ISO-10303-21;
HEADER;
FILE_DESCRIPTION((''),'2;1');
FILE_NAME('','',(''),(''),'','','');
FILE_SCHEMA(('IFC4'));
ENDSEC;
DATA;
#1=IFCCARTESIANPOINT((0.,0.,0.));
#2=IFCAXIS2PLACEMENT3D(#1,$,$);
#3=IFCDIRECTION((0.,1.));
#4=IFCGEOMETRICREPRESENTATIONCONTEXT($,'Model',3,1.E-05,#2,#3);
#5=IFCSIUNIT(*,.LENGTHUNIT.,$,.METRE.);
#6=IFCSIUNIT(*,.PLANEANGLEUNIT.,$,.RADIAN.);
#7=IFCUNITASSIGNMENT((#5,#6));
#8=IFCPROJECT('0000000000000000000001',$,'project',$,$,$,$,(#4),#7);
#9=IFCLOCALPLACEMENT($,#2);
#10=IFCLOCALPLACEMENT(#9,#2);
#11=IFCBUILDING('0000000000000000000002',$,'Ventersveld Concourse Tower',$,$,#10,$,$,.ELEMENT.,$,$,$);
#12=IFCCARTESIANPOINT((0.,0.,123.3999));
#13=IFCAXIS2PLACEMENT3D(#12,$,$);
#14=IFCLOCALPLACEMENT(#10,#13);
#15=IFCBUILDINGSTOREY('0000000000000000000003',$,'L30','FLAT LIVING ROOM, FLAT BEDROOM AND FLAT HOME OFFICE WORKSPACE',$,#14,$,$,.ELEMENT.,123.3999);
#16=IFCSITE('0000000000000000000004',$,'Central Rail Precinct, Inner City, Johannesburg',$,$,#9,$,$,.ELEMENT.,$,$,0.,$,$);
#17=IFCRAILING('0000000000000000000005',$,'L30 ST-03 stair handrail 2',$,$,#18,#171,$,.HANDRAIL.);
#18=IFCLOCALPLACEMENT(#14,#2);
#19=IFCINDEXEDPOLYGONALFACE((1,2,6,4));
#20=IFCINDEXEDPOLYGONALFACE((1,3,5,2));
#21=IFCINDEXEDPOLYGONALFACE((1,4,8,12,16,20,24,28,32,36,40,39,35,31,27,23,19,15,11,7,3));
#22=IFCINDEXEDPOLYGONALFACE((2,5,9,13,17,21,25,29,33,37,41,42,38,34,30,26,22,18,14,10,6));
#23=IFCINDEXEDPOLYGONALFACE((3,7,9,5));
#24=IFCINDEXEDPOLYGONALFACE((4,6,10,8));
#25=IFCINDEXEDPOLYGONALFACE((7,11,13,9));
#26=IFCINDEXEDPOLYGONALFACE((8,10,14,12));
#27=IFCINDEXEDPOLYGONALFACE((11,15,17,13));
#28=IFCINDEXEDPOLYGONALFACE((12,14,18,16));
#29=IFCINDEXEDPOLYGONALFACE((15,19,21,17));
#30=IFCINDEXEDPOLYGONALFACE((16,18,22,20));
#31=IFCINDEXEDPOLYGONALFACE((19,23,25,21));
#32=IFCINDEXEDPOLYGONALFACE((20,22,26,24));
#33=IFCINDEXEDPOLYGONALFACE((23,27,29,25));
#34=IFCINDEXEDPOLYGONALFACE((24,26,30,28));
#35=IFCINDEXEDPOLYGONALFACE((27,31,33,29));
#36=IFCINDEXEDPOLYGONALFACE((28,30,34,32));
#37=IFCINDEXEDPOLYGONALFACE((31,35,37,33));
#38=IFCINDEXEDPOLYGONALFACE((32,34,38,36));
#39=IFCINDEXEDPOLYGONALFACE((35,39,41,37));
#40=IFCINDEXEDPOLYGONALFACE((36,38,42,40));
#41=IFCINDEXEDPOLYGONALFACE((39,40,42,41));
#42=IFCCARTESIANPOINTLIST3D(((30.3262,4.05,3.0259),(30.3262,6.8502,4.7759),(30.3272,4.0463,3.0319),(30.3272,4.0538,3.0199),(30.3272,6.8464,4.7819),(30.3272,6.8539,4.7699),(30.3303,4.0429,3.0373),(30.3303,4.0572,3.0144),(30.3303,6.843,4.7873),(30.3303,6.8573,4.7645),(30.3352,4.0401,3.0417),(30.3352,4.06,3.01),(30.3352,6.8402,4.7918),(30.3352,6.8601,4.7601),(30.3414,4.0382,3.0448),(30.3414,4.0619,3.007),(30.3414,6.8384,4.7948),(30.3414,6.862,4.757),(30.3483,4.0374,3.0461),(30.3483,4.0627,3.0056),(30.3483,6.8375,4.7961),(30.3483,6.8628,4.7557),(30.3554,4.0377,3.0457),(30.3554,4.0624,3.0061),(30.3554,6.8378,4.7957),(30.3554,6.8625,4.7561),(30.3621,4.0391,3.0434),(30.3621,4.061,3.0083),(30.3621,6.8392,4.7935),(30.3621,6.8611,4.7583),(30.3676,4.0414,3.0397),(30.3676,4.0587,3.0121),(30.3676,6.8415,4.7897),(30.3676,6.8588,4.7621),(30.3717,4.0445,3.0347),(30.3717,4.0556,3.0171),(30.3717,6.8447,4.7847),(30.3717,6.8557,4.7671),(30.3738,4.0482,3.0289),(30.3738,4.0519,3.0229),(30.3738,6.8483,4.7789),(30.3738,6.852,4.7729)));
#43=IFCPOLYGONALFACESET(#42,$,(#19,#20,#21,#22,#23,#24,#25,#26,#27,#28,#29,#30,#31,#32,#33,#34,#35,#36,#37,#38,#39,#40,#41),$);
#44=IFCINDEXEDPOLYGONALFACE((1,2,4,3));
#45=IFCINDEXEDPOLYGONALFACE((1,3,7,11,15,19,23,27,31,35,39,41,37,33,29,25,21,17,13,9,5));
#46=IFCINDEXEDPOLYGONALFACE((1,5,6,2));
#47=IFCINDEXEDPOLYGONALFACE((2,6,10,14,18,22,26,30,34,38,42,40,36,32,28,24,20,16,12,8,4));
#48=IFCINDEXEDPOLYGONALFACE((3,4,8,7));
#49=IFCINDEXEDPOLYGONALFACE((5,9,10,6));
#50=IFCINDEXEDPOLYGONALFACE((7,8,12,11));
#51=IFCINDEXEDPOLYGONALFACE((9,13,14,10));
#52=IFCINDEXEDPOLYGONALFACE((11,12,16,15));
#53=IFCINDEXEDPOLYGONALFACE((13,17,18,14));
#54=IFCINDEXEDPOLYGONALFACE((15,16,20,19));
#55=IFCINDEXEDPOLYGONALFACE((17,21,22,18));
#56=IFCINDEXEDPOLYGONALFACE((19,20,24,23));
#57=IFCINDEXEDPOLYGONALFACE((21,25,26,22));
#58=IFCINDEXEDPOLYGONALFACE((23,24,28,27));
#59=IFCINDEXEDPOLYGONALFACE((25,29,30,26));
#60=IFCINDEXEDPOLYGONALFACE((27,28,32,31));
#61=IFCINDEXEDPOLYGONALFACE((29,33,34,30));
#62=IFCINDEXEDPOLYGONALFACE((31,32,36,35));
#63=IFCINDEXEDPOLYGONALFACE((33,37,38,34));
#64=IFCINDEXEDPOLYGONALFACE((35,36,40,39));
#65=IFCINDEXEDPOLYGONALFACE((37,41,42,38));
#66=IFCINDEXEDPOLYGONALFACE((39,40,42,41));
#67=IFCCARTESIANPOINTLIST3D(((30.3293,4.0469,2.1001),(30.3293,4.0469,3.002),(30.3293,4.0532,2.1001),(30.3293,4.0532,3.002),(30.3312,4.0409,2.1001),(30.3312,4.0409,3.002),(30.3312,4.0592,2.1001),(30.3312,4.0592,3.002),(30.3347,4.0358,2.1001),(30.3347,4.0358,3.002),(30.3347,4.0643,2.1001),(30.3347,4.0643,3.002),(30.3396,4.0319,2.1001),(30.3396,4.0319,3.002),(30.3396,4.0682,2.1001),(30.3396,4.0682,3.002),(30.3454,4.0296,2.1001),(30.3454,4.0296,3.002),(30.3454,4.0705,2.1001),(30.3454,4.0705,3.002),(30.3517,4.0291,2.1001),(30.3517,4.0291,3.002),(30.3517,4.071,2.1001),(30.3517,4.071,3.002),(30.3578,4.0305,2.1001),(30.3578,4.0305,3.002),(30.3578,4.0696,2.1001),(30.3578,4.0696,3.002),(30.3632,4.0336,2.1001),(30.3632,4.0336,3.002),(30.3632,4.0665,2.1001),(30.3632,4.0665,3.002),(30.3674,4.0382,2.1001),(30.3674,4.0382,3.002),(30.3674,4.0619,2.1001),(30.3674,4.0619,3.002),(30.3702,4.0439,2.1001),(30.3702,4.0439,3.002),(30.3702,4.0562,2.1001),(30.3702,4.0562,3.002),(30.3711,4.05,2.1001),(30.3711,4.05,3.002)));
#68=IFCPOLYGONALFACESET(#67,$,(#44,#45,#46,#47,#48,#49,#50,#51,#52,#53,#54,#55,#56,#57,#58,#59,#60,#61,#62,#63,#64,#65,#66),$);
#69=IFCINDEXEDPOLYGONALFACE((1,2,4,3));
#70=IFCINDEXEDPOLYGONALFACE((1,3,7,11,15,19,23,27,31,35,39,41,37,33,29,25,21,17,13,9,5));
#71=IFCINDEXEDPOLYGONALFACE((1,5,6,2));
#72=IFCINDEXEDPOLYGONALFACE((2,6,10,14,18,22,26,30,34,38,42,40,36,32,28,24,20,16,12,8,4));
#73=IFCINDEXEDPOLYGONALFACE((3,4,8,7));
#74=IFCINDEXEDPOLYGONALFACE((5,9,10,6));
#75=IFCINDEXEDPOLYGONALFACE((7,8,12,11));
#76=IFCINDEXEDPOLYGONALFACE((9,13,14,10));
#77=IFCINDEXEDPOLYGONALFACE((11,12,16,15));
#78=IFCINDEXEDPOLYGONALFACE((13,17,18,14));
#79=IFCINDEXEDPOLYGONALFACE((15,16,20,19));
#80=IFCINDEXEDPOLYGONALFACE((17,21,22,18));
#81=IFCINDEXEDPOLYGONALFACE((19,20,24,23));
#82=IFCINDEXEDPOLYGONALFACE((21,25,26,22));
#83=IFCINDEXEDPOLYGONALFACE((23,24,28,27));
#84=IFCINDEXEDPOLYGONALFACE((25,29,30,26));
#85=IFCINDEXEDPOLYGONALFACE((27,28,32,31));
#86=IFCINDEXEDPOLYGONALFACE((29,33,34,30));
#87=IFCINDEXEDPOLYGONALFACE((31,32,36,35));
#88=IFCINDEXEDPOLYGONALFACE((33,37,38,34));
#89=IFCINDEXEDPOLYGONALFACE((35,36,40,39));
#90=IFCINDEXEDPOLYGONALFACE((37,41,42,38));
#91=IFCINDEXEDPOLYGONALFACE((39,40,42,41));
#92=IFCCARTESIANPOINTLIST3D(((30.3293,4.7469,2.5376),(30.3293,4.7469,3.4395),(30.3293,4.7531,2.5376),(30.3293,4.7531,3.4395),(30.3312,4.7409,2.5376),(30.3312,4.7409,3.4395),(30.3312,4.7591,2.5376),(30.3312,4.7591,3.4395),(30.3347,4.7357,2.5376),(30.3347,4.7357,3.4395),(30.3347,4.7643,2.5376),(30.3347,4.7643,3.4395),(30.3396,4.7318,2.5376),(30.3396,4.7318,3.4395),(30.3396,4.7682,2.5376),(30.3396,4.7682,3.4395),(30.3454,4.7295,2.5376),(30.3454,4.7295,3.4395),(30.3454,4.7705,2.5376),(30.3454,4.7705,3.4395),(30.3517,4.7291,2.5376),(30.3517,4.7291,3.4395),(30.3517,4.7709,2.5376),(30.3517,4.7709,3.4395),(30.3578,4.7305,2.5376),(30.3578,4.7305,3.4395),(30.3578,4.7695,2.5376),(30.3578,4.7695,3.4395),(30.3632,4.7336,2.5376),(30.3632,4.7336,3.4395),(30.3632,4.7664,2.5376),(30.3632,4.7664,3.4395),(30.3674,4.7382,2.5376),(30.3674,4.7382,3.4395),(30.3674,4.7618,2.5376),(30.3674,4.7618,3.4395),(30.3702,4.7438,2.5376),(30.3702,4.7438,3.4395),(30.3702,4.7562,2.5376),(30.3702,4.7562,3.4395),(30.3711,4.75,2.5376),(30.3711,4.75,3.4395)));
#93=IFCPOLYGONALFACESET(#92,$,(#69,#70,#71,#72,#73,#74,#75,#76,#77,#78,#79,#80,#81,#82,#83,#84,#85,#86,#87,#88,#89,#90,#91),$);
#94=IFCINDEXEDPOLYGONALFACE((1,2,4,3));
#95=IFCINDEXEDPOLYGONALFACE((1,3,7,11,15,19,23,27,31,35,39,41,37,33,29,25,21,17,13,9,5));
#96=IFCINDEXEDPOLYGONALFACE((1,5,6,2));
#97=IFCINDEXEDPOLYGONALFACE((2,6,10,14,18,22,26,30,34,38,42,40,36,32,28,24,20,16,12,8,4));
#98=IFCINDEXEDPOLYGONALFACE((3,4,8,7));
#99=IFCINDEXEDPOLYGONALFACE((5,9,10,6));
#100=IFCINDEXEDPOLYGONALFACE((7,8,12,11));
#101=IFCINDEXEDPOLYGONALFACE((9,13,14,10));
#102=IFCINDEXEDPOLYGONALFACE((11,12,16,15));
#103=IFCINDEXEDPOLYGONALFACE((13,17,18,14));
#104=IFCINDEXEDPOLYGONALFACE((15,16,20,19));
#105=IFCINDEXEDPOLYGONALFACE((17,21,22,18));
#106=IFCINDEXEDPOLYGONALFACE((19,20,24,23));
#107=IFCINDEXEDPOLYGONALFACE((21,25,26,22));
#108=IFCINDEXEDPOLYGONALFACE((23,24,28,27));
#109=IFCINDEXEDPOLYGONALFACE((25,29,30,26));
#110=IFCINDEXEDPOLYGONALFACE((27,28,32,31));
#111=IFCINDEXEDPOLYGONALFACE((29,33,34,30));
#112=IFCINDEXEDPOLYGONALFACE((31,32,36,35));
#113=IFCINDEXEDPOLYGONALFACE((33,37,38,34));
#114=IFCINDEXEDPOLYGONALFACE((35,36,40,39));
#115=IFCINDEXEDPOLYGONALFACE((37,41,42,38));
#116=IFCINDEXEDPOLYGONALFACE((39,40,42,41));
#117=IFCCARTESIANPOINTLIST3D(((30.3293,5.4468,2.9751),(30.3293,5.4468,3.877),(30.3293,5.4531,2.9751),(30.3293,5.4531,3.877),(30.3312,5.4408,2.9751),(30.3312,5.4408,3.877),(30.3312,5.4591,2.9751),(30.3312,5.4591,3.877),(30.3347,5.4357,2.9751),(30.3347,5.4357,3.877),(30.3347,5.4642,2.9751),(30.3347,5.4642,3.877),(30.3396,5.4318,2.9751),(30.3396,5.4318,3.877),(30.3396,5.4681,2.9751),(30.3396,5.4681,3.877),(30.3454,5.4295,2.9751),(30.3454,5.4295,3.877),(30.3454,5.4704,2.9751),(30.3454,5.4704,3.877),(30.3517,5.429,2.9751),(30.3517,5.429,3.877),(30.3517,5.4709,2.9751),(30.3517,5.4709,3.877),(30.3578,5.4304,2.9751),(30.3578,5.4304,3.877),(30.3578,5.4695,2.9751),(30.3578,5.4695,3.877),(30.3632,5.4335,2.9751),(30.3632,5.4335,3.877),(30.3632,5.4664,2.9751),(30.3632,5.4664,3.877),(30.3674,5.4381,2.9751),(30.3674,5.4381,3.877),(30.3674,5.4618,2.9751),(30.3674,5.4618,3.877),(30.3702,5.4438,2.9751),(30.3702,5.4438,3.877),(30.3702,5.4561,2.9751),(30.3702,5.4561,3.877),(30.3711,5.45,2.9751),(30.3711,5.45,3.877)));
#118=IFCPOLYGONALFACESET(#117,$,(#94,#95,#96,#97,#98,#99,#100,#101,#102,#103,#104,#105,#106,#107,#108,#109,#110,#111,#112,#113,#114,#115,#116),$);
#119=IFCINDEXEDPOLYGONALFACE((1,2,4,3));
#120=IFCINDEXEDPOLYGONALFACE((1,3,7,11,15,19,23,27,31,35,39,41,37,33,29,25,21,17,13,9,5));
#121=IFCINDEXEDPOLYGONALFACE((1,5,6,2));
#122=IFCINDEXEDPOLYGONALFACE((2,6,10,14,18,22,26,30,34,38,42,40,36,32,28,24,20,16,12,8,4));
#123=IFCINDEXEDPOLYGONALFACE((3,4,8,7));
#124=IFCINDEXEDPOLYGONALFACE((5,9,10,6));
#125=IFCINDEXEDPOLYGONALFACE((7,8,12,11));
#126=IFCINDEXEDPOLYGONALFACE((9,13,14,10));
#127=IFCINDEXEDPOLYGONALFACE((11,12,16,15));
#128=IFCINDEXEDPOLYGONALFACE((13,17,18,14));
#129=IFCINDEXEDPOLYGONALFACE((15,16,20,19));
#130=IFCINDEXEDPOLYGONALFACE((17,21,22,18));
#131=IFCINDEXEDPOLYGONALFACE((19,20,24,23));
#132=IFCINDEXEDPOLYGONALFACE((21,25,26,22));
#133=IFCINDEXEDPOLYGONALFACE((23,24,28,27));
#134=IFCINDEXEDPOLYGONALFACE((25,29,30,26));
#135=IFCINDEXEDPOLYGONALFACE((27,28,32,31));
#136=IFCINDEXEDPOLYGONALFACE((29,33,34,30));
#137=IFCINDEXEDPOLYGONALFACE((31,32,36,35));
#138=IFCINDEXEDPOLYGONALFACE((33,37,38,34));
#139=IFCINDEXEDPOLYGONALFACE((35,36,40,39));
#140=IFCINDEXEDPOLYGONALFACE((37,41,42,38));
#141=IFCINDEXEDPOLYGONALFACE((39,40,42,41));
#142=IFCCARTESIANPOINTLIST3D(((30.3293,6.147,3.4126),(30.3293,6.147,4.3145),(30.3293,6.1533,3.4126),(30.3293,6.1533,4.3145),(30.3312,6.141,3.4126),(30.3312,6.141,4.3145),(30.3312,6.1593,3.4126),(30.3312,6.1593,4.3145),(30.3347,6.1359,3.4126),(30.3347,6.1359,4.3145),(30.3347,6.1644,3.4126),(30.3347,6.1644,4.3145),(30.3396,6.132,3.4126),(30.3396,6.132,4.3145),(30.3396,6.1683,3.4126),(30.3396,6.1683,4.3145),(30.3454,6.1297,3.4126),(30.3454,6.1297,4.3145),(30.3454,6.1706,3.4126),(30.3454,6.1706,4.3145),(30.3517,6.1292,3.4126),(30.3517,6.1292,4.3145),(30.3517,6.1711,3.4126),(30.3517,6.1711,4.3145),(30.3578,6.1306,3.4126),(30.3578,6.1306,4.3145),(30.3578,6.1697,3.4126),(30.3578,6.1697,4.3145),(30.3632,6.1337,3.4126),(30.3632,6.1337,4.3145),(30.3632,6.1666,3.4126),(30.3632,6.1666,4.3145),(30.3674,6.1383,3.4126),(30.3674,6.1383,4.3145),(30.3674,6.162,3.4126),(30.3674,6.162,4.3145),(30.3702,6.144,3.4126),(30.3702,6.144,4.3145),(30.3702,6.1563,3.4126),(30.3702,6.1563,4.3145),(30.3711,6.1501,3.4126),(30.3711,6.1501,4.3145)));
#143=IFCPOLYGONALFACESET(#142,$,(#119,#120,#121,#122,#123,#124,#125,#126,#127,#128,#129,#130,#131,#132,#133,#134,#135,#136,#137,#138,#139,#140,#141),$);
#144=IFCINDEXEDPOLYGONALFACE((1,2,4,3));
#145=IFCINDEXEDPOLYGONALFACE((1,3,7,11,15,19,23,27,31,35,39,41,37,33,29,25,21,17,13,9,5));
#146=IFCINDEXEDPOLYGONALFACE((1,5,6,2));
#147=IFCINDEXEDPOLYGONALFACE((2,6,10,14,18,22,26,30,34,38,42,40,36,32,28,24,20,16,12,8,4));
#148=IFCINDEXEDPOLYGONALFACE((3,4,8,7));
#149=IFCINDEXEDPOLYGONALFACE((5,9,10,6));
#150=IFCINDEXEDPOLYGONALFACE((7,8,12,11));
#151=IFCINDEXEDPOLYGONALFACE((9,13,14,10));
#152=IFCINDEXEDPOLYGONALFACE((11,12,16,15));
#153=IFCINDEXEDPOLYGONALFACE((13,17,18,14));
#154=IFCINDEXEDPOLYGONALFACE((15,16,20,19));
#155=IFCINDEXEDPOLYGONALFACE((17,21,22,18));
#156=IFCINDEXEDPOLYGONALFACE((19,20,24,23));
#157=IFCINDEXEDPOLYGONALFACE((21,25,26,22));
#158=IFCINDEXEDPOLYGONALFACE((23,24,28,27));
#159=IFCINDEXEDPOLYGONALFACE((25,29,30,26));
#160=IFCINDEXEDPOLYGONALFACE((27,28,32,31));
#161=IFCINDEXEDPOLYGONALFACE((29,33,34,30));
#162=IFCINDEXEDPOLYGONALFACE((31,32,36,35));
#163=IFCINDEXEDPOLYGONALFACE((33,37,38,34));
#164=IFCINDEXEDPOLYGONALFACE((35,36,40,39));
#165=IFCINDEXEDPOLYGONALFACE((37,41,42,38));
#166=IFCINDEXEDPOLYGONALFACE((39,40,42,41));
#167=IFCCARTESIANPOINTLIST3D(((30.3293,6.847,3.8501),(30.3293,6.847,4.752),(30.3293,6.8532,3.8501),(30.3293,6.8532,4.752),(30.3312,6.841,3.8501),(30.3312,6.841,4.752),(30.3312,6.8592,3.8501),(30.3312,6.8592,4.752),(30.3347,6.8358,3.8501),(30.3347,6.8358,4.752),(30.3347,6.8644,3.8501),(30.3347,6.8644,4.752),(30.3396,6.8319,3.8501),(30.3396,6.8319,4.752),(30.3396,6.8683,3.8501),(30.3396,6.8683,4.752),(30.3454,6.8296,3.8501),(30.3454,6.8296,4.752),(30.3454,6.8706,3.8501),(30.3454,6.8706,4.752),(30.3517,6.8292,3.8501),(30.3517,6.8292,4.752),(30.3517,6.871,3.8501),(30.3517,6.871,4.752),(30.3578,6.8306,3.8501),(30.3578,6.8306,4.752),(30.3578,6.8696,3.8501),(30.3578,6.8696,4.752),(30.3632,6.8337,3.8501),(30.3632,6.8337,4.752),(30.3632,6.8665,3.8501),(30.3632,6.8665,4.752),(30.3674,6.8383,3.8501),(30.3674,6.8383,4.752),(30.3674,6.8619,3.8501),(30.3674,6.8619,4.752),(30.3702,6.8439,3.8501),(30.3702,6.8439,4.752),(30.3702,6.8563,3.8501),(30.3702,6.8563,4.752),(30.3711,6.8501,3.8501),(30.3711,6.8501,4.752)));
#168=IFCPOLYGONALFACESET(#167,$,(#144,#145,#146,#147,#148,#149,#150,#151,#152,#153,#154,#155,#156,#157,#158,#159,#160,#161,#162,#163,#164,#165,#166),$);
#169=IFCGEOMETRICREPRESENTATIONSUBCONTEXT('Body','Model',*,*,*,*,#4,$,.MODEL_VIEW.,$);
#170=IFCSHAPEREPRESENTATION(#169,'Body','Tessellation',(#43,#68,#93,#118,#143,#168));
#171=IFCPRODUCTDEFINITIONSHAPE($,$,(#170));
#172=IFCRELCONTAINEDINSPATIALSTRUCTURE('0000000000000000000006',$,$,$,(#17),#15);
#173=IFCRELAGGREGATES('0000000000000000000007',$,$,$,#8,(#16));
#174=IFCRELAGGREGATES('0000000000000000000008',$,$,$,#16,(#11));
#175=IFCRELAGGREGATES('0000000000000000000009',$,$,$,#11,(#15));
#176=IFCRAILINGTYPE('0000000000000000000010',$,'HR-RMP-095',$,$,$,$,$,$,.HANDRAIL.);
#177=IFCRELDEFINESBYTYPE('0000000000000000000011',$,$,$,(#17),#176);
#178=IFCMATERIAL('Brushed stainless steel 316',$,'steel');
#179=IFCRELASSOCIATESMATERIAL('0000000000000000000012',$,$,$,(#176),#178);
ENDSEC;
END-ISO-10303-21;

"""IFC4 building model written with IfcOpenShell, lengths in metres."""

from ifc_helpers import new_model, si_unit, direction, frame, origin, origin_2d, place, context, subcontext, project, spatial, circle, extrude, material, type_object, element, save


model = new_model("IFC4")

# Units and contexts
model_context = context("Model", 3, precision=1e-05, world=origin(), true_north=direction((0.0, 1.0)))
body_context = subcontext(model_context, "Body", "Model", "MODEL_VIEW")
ifc_project = project(units=[si_unit("LENGTHUNIT", "METRE"), si_unit("PLANEANGLEUNIT", "RADIAN")], contexts=[model_context])

# Site, building, storey
site_placement = place(None, origin())
site = spatial("IfcSite", under=ifc_project, at=site_placement, Name="Central Rail Precinct, Inner City, Johannesburg", CompositionType="ELEMENT", RefElevation=0.0)
building_placement = place(site_placement, origin())
building = spatial("IfcBuilding", under=site, at=building_placement, Name="Ventersveld Concourse Tower", CompositionType="ELEMENT")
storey_placement = place(building_placement, frame((0.0, 0.0, 123.3999)))
storey = spatial("IfcBuildingStorey", under=building, at=storey_placement, Name="L30", Description="FLAT LIVING ROOM, FLAT BEDROOM AND FLAT HOME OFFICE WORKSPACE", CompositionType="ELEMENT", Elevation=123.3999)

# Railing
ifc_material_1 = material(Name="Brushed stainless steel 316", Category="steel")
railing_type_1 = type_object("IfcRailingType", Name="HR-RMP-095", PredefinedType="HANDRAIL", material=ifc_material_1)
railing_1_placement = place(storey_placement, frame((30.3501, 4.05, 2.1001)))
element("IfcRailing", 1, at=railing_1_placement, inside=storey, type_object=railing_type_1, Name="L30 ST-03 stair handrail 2", PredefinedType="HANDRAIL", context=body_context, shape_type="SweptSolid", body=[
    extrude(circle(Radius=0.0239, at=origin_2d()), frame((0.0, 0.0, 0.9258), z_axis=(0.0, 0.848002, 0.529992), x_axis=(-1.0, 0.0, 0.0)), (0.0, 0.0, 1.0), 3.302),
    extrude(circle(Radius=0.021, at=origin_2d()), origin(), (0.0, 0.0, 1.0), 0.9019),
    extrude(circle(Radius=0.021, at=origin_2d()), frame((0.0, 0.7, 0.4375)), (0.0, 0.0, 1.0), 0.9019),
    extrude(circle(Radius=0.021, at=origin_2d()), frame((0.0, 1.3999, 0.875)), (0.0, 0.0, 1.0), 0.9019),
    extrude(circle(Radius=0.021, at=origin_2d()), frame((0.0, 2.1001, 1.3125)), (0.0, 0.0, 1.0), 0.9019),
    extrude(circle(Radius=0.021, at=origin_2d()), frame((0.0, 2.8, 1.75)), (0.0, 0.0, 1.0), 0.9019),
])

save(model, "model.ifc")
